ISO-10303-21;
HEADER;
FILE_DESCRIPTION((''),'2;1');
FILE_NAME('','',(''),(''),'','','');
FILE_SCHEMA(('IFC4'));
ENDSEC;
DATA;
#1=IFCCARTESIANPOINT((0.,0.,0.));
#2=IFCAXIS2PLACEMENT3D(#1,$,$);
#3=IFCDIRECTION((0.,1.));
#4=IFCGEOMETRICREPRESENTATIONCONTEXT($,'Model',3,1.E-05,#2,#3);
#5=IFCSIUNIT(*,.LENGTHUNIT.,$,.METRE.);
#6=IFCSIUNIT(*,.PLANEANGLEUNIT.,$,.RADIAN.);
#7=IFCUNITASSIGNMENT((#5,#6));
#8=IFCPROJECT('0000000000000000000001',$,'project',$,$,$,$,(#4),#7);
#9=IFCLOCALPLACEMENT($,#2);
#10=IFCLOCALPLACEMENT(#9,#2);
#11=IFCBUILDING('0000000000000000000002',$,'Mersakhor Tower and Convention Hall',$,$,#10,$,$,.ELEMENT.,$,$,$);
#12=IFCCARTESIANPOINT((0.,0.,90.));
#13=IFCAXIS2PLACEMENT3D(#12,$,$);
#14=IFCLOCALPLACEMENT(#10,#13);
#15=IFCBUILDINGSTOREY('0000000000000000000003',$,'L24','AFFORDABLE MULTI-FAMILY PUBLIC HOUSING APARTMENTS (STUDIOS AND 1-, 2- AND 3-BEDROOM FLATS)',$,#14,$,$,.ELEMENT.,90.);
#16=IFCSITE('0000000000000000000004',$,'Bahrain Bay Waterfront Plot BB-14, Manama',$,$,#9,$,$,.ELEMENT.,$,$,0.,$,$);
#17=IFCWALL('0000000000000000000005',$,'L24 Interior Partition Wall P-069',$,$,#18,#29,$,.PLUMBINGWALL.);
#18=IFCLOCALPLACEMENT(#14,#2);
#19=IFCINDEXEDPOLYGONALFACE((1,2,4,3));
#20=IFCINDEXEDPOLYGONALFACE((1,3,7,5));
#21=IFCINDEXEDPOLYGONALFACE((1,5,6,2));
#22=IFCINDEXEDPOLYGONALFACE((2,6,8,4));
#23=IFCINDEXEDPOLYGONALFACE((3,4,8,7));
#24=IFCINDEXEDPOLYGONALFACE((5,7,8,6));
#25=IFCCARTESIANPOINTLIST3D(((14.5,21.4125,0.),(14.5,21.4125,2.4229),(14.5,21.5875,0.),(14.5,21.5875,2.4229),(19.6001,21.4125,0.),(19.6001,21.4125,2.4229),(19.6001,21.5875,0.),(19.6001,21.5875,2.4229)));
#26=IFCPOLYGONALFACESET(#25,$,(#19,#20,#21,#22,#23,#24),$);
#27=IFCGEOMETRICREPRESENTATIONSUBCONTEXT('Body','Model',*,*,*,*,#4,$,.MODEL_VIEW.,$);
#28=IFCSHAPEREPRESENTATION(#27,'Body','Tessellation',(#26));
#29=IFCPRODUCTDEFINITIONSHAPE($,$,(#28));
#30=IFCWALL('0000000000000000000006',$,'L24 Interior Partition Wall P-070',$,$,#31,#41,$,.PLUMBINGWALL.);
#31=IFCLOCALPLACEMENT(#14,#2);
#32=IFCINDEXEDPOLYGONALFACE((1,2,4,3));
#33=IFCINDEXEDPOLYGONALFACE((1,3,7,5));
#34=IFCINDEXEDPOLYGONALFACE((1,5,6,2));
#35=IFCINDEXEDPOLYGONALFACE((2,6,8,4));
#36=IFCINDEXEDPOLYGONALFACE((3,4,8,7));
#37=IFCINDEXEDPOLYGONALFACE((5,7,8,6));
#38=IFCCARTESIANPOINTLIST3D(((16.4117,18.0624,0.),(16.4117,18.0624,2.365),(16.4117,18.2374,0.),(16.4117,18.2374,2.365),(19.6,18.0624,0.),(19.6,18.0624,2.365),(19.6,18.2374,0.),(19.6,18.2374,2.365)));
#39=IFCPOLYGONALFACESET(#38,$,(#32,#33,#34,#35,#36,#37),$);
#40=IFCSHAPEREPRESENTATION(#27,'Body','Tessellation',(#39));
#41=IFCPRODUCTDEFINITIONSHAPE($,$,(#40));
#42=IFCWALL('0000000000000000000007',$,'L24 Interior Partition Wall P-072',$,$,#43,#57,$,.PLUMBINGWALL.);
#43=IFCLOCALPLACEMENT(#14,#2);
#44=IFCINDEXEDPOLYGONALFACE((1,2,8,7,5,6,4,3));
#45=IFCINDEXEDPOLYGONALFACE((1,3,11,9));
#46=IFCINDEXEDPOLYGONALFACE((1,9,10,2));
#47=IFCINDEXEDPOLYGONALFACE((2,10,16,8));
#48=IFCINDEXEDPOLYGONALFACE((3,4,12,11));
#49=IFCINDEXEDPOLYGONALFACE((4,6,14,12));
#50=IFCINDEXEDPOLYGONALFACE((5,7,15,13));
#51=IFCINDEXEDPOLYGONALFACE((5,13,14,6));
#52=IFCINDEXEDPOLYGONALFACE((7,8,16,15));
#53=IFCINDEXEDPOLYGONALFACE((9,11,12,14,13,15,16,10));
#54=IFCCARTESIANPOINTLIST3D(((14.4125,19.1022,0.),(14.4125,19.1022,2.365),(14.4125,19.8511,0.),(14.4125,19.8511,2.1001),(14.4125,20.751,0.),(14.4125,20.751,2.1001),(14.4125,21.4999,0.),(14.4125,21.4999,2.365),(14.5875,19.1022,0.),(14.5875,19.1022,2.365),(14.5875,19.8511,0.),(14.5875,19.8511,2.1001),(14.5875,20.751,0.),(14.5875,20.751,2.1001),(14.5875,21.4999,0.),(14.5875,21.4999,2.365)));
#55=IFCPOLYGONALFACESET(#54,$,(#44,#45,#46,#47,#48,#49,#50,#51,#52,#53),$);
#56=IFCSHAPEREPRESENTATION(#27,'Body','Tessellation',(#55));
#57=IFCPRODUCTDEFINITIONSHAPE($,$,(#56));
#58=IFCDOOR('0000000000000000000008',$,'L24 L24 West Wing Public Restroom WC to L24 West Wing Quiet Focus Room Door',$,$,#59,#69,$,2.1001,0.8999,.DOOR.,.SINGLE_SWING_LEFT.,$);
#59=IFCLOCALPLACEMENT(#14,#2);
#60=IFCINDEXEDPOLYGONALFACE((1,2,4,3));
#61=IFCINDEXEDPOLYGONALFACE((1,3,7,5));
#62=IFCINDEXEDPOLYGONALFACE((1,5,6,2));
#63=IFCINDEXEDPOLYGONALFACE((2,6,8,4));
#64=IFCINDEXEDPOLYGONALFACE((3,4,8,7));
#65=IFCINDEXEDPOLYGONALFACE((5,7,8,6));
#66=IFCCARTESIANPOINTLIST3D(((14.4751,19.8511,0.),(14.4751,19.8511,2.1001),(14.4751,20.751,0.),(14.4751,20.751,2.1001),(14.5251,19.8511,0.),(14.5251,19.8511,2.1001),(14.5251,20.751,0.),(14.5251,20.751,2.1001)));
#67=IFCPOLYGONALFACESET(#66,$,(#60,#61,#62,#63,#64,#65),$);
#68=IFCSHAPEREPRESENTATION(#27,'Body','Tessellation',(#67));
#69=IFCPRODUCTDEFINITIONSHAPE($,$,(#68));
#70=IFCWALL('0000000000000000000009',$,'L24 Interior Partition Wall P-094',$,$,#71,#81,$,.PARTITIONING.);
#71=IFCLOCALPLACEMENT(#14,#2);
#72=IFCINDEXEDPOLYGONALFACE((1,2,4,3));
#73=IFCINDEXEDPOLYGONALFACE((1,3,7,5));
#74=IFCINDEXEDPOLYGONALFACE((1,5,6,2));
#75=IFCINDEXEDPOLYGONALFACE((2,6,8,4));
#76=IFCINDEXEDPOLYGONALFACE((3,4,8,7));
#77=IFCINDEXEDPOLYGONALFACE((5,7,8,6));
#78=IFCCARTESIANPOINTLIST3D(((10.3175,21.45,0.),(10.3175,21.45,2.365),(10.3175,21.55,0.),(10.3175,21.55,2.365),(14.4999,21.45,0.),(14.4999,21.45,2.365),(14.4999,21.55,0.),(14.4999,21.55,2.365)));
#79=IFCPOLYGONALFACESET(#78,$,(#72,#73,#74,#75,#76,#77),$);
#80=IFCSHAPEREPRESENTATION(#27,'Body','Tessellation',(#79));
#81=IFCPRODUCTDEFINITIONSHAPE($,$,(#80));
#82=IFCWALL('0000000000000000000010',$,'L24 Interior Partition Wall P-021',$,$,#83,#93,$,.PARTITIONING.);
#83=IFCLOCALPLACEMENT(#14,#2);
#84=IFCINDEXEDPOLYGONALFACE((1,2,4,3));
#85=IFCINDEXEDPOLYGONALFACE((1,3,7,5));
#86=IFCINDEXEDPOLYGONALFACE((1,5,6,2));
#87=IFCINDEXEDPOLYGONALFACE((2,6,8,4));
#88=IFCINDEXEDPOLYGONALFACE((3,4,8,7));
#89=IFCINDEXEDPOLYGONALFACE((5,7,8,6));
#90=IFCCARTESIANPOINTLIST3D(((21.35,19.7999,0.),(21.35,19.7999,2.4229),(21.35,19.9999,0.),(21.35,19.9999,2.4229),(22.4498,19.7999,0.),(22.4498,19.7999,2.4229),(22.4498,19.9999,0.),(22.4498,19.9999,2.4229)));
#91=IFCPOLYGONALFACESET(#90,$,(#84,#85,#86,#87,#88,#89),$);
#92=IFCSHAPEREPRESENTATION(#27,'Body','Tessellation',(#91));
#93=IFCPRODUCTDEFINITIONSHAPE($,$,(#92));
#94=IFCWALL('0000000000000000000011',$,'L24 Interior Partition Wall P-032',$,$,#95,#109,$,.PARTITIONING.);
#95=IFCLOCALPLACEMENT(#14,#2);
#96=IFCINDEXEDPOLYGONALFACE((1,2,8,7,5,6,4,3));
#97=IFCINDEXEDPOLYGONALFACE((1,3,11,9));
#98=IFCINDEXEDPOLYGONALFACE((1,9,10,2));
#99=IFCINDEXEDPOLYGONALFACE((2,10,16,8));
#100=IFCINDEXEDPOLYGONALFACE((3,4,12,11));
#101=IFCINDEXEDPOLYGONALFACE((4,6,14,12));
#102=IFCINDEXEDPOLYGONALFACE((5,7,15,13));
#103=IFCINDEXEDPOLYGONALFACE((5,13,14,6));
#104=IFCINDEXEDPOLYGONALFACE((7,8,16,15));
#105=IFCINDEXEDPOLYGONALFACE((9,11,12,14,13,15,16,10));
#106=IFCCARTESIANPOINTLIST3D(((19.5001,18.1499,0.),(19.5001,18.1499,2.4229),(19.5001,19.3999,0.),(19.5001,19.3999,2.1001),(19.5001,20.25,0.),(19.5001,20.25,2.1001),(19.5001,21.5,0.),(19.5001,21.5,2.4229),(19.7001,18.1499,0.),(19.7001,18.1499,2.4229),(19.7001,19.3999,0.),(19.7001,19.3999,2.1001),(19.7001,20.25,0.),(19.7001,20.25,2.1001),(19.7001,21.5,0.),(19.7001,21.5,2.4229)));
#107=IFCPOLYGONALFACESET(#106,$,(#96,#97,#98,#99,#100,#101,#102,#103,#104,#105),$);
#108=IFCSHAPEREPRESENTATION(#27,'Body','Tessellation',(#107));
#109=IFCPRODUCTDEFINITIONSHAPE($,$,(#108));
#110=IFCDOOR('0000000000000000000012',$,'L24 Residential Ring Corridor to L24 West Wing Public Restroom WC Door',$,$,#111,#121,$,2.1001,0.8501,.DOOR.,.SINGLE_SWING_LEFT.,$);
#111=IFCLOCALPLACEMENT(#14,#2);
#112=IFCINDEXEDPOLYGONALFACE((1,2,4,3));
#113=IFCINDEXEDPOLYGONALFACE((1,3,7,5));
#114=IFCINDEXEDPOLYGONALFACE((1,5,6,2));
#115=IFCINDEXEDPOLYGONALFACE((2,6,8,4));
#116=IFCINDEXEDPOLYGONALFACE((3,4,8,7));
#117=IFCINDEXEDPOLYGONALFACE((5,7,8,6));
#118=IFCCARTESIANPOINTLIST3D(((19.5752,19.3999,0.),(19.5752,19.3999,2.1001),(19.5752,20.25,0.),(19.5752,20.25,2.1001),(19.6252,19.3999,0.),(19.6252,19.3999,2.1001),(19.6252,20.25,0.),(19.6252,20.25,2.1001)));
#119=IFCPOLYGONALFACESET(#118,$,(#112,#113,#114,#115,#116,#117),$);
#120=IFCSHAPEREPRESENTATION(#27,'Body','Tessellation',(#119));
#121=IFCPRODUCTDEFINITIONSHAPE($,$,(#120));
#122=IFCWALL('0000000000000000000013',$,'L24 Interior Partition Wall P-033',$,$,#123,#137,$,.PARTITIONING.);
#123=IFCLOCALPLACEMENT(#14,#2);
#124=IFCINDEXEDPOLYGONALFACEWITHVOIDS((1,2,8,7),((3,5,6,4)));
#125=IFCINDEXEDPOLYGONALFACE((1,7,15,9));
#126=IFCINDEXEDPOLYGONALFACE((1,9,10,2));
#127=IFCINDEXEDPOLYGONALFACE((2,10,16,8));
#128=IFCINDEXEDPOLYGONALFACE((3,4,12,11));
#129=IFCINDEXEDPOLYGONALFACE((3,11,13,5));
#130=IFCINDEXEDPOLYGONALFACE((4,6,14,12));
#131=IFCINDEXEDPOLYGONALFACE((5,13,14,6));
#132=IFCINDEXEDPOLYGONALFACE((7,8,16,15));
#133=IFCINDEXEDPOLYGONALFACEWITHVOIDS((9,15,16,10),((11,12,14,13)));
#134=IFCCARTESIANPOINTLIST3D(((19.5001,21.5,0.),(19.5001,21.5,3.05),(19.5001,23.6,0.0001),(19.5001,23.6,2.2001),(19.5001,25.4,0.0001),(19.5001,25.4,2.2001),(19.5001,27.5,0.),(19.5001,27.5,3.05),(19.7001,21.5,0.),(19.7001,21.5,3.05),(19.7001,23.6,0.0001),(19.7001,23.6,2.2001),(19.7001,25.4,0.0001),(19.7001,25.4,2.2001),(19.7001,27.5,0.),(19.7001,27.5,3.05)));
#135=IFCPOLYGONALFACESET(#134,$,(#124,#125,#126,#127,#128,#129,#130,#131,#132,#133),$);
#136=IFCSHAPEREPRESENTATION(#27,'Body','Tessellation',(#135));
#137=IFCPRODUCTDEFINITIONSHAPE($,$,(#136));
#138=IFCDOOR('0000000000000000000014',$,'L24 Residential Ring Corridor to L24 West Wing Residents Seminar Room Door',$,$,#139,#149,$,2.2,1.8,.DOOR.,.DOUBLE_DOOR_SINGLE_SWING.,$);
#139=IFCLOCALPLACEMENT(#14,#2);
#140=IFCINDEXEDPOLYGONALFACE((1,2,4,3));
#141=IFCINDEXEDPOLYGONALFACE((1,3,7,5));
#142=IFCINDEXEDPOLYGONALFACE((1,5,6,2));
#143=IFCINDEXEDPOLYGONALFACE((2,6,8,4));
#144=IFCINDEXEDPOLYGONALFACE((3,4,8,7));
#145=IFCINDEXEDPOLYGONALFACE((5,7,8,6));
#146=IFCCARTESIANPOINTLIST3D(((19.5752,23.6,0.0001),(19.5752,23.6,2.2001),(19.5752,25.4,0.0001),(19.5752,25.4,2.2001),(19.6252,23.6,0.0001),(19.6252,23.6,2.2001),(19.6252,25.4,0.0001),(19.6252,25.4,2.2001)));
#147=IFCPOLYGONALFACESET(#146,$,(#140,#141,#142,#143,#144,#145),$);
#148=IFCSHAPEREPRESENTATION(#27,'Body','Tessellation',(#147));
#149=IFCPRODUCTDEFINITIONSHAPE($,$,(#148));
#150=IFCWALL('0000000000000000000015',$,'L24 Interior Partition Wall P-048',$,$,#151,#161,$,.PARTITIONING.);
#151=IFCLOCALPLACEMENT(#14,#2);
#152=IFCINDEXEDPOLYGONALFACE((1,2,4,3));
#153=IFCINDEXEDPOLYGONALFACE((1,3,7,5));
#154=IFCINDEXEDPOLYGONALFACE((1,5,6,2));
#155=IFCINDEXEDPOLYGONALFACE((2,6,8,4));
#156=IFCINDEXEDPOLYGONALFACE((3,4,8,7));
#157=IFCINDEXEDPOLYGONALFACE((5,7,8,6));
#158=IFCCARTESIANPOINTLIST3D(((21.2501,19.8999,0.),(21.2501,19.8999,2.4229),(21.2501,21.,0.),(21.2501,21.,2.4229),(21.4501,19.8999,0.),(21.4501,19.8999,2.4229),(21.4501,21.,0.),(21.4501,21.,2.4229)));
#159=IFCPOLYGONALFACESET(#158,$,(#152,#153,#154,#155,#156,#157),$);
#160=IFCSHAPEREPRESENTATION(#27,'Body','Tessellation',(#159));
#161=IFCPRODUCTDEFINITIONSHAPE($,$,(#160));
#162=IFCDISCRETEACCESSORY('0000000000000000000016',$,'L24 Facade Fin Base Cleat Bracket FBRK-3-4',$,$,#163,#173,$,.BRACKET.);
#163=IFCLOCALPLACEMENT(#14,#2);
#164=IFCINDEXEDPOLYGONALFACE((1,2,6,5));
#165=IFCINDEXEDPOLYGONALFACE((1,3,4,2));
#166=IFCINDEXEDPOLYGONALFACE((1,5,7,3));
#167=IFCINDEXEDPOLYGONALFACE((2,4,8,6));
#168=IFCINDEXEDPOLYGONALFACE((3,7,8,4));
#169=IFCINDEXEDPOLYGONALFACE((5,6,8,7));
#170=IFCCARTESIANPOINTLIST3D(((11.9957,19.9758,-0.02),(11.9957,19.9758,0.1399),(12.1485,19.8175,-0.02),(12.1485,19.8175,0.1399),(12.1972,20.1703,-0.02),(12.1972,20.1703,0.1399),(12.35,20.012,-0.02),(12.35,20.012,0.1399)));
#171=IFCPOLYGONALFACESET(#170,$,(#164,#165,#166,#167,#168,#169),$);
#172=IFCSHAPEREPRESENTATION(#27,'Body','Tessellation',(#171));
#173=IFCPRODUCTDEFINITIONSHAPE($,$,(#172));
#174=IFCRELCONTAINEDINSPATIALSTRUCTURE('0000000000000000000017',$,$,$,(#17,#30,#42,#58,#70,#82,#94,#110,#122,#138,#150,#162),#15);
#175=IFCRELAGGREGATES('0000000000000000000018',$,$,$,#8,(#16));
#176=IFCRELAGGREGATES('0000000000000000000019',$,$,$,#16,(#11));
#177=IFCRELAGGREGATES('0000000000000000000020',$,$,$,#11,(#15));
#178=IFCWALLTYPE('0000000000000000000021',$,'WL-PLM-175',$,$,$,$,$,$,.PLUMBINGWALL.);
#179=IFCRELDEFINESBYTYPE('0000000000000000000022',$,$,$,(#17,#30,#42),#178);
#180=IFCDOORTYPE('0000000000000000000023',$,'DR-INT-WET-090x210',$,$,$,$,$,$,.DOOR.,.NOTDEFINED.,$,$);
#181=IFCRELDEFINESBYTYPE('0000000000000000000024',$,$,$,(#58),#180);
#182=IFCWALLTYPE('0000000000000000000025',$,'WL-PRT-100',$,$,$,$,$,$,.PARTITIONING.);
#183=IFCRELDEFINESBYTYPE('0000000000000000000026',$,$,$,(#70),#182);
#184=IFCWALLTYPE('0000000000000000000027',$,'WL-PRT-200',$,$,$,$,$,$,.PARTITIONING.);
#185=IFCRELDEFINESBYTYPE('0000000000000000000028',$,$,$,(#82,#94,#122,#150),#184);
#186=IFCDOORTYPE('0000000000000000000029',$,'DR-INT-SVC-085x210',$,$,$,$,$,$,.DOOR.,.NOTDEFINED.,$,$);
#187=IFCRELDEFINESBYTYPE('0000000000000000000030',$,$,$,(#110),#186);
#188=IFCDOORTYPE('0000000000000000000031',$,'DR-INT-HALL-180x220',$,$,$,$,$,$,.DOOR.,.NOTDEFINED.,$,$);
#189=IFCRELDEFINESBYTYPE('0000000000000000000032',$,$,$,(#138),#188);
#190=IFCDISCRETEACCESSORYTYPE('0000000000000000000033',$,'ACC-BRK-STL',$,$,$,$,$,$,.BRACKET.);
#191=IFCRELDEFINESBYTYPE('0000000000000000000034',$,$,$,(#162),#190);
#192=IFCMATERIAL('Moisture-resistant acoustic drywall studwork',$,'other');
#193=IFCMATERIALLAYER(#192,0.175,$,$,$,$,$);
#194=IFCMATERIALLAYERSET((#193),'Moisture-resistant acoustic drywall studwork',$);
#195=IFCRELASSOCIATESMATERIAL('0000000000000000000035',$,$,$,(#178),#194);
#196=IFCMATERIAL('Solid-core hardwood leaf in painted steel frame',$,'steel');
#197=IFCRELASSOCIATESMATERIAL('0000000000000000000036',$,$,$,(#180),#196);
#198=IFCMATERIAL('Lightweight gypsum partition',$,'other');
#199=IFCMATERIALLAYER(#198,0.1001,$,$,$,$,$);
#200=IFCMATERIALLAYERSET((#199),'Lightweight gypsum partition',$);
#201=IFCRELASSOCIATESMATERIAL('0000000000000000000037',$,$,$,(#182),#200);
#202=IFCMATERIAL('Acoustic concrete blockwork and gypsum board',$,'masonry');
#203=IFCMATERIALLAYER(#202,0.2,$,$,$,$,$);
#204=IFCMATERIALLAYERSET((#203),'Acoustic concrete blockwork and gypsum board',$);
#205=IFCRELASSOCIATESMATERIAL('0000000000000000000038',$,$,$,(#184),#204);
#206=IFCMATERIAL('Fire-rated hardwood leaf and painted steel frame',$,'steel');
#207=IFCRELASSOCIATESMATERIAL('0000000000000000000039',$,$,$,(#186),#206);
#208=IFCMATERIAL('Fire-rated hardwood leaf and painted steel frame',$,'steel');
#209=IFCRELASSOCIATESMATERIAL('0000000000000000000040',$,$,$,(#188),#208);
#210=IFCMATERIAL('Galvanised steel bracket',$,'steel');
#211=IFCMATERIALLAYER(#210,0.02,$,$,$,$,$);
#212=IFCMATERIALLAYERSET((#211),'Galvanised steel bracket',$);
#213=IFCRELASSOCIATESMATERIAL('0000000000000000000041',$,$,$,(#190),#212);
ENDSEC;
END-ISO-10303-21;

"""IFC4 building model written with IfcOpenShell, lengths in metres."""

from ifc_helpers import new_model, si_unit, direction, frame, frame_2d, origin, origin_2d, place, context, subcontext, project, spatial, rectangle, extrude, material, layer, layer_set, type_object, element, fill, save


model = new_model("IFC4")

# Units and contexts
model_context = context("Model", 3, precision=1e-05, world=origin(), true_north=direction((0.0, 1.0)))
body_context = subcontext(model_context, "Body", "Model", "MODEL_VIEW")
ifc_project = project(units=[si_unit("LENGTHUNIT", "METRE"), si_unit("PLANEANGLEUNIT", "RADIAN")], contexts=[model_context])

# Site, building, storey
site_placement = place(None, origin())
site = spatial("IfcSite", under=ifc_project, at=site_placement, Name="Bahrain Bay Waterfront Plot BB-14, Manama", CompositionType="ELEMENT", RefElevation=0.0)
building_placement = place(site_placement, origin())
building = spatial("IfcBuilding", under=site, at=building_placement, Name="Mersakhor Tower and Convention Hall", CompositionType="ELEMENT")
storey_placement = place(building_placement, frame((0.0, 0.0, 90.0)))
storey = spatial("IfcBuildingStorey", under=building, at=storey_placement, Name="L24", Description="AFFORDABLE MULTI-FAMILY PUBLIC HOUSING APARTMENTS (STUDIOS AND 1-, 2- AND 3-BEDROOM FLATS)", CompositionType="ELEMENT", Elevation=90.0)

# Walls
ifc_material_1 = material(Name="Moisture-resistant acoustic drywall studwork", Category="other")
ifc_layer_1 = layer(ifc_material_1, 0.175)
ifc_layer_set_1 = layer_set([ifc_layer_1], Name="Moisture-resistant acoustic drywall studwork")
wall_type_1 = type_object("IfcWallType", Name="WL-PLM-175", PredefinedType="PLUMBINGWALL", material=ifc_layer_set_1)
wall_1_placement = place(storey_placement, frame((14.5, 21.5, 0.0), z_axis=(0.0, 0.0, 1.0), x_axis=(1.0, 0.0, 0.0)))
element("IfcWall", 1, at=wall_1_placement, inside=storey, type_object=wall_type_1, Name="L24 Interior Partition Wall P-069", PredefinedType="PLUMBINGWALL", context=body_context, shape_type="SweptSolid", body=[
    extrude(rectangle(XDim=5.1001, YDim=0.175, at=frame_2d((2.55, 0.0))), origin(), (0.0, 0.0, 1.0), 2.4229),
])
wall_2_placement = place(storey_placement, frame((19.6001, 18.1499, 0.0), z_axis=(0.0, 0.0, 1.0), x_axis=(-1.0, 0.0, 0.0)))
element("IfcWall", 2, at=wall_2_placement, inside=storey, type_object=wall_type_1, Name="L24 Interior Partition Wall P-070", PredefinedType="PLUMBINGWALL", context=body_context, shape_type="SweptSolid", body=[
    extrude(rectangle(XDim=3.1882, YDim=0.175, at=frame_2d((1.5942, 0.0))), origin(), (0.0, 0.0, 1.0), 2.365),
])

# Wall, opening, door
wall_3_placement = place(storey_placement, frame((14.5, 19.1023, 0.0), z_axis=(0.0, 0.0, 1.0), x_axis=(0.0, 1.0, 0.0)))
wall_3 = element("IfcWall", 3, at=wall_3_placement, inside=storey, type_object=wall_type_1, Name="L24 Interior Partition Wall P-072", PredefinedType="PLUMBINGWALL", context=body_context, shape_type="SweptSolid", body=[
    extrude(rectangle(XDim=2.3977, YDim=0.175, at=frame_2d((1.1987, 0.0))), origin(), (0.0, 0.0, 1.0), 2.365),
])
opening_1_placement = place(wall_3_placement, frame((0.7488, 0.0, 0.0)))
opening_1 = element("IfcOpeningElement", 4, at=opening_1_placement, cuts=wall_3, PredefinedType="OPENING", context=body_context, shape_type="SweptSolid", body=[
    extrude(rectangle(XDim=0.8999, YDim=2.1001, at=frame_2d((0.45, 1.05))), frame((0.0, 0.0974, 0.0), z_axis=(0.0, -1.0, 0.0), x_axis=(1.0, 0.0, 0.0)), (0.0, 0.0, 1.0), 0.1951),
])
ifc_material_2 = material(Name="Solid-core hardwood leaf in painted steel frame", Category="steel")
door_type_1 = type_object("IfcDoorType", Name="DR-INT-WET-090x210", OperationType="NOTDEFINED", PredefinedType="DOOR", material=ifc_material_2)
door_1_placement = place(opening_1_placement, origin())
door_1 = element("IfcDoor", 5, at=door_1_placement, inside=storey, type_object=door_type_1, Name="L24 L24 West Wing Public Restroom WC to L24 West Wing Quiet Focus Room Door", OperationType="SINGLE_SWING_LEFT", OverallHeight=2.1001, OverallWidth=0.8999, PredefinedType="DOOR", context=body_context, shape_type="SweptSolid", body=[
    extrude(rectangle(XDim=0.8999, YDim=2.1001, at=frame_2d((0.45, 1.05))), frame((0.0, 0.0249, 0.0), z_axis=(0.0, -1.0, 0.0), x_axis=(1.0, 0.0, 0.0)), (0.0, 0.0, 1.0), 0.05),
])
fill(opening_1, door_1)

# Walls
ifc_material_3 = material(Name="Lightweight gypsum partition", Category="other")
ifc_layer_2 = layer(ifc_material_3, 0.1001)
ifc_layer_set_2 = layer_set([ifc_layer_2], Name="Lightweight gypsum partition")
wall_type_2 = type_object("IfcWallType", Name="WL-PRT-100", PredefinedType="PARTITIONING", material=ifc_layer_set_2)
wall_4_placement = place(storey_placement, frame((14.5, 21.5, 0.0), z_axis=(0.0, 0.0, 1.0), x_axis=(-1.0, 0.0, 0.0)))
element("IfcWall", 6, at=wall_4_placement, inside=storey, type_object=wall_type_2, Name="L24 Interior Partition Wall P-094", PredefinedType="PARTITIONING", context=body_context, shape_type="SweptSolid", body=[
    extrude(rectangle(XDim=4.1824, YDim=0.1001, at=frame_2d((2.0913, 0.0))), origin(), (0.0, 0.0, 1.0), 2.365),
])
ifc_material_4 = material(Name="Acoustic concrete blockwork and gypsum board", Category="masonry")
ifc_layer_3 = layer(ifc_material_4, 0.2)
ifc_layer_set_3 = layer_set([ifc_layer_3], Name="Acoustic concrete blockwork and gypsum board")
wall_type_3 = type_object("IfcWallType", Name="WL-PRT-200", PredefinedType="PARTITIONING", material=ifc_layer_set_3)
wall_5_placement = place(storey_placement, frame((21.3501, 19.8999, 0.0), z_axis=(0.0, 0.0, 1.0), x_axis=(1.0, 0.0, 0.0)))
element("IfcWall", 7, at=wall_5_placement, inside=storey, type_object=wall_type_3, Name="L24 Interior Partition Wall P-021", PredefinedType="PARTITIONING", context=body_context, shape_type="SweptSolid", body=[
    extrude(rectangle(XDim=1.0999, YDim=0.2, at=frame_2d((0.5498, 0.0))), origin(), (0.0, 0.0, 1.0), 2.4229),
])

# Walls, openings, doors
wall_6_placement = place(storey_placement, frame((19.6001, 18.1499, 0.0), z_axis=(0.0, 0.0, 1.0), x_axis=(0.0, 1.0, 0.0)))
wall_6 = element("IfcWall", 8, at=wall_6_placement, inside=storey, type_object=wall_type_3, Name="L24 Interior Partition Wall P-032", PredefinedType="PARTITIONING", context=body_context, shape_type="SweptSolid", body=[
    extrude(rectangle(XDim=3.3501, YDim=0.2, at=frame_2d((1.675, 0.0))), origin(), (0.0, 0.0, 1.0), 2.4229),
])
opening_2_placement = place(wall_6_placement, frame((1.25, 0.0, 0.0)))
opening_2 = element("IfcOpeningElement", 9, at=opening_2_placement, cuts=wall_6, PredefinedType="OPENING", context=body_context, shape_type="SweptSolid", body=[
    extrude(rectangle(XDim=0.8501, YDim=2.1001, at=frame_2d((0.425, 1.05))), frame((0.0, 0.1099, 0.0), z_axis=(0.0, -1.0, 0.0), x_axis=(1.0, 0.0, 0.0)), (0.0, 0.0, 1.0), 0.22),
])
ifc_material_5 = material(Name="Fire-rated hardwood leaf and painted steel frame", Category="steel")
door_type_2 = type_object("IfcDoorType", Name="DR-INT-SVC-085x210", OperationType="NOTDEFINED", PredefinedType="DOOR", material=ifc_material_5)
door_2_placement = place(opening_2_placement, origin())
door_2 = element("IfcDoor", 10, at=door_2_placement, inside=storey, type_object=door_type_2, Name="L24 Residential Ring Corridor to L24 West Wing Public Restroom WC Door", OperationType="SINGLE_SWING_LEFT", OverallHeight=2.1001, OverallWidth=0.8501, PredefinedType="DOOR", context=body_context, shape_type="SweptSolid", body=[
    extrude(rectangle(XDim=0.8501, YDim=2.1001, at=frame_2d((0.425, 1.05))), frame((0.0, 0.0249, 0.0), z_axis=(0.0, -1.0, 0.0), x_axis=(1.0, 0.0, 0.0)), (0.0, 0.0, 1.0), 0.05),
])
fill(opening_2, door_2)
wall_7_placement = place(storey_placement, frame((19.6001, 21.5, 0.0), z_axis=(0.0, 0.0, 1.0), x_axis=(0.0, 1.0, 0.0)))
wall_7 = element("IfcWall", 11, at=wall_7_placement, inside=storey, type_object=wall_type_3, Name="L24 Interior Partition Wall P-033", PredefinedType="PARTITIONING", context=body_context, shape_type="SweptSolid", body=[
    extrude(rectangle(XDim=6.0, YDim=0.2, at=frame_2d((3.0, 0.0))), origin(), (0.0, 0.0, 1.0), 3.05),
])
opening_3_placement = place(wall_7_placement, frame((2.1001, 0.0, 0.0)))
opening_3 = element("IfcOpeningElement", 12, at=opening_3_placement, cuts=wall_7, PredefinedType="OPENING", context=body_context, shape_type="SweptSolid", body=[
    extrude(rectangle(XDim=1.8, YDim=2.2, at=frame_2d((0.8999, 1.1001))), frame((0.0, 0.1099, 0.0), z_axis=(0.0, -1.0, 0.0), x_axis=(1.0, 0.0, 0.0)), (0.0, 0.0, 1.0), 0.22),
])
ifc_material_6 = material(Name="Fire-rated hardwood leaf and painted steel frame", Category="steel")
door_type_3 = type_object("IfcDoorType", Name="DR-INT-HALL-180x220", OperationType="NOTDEFINED", PredefinedType="DOOR", material=ifc_material_6)
door_3_placement = place(opening_3_placement, origin())
door_3 = element("IfcDoor", 13, at=door_3_placement, inside=storey, type_object=door_type_3, Name="L24 Residential Ring Corridor to L24 West Wing Residents Seminar Room Door", OperationType="DOUBLE_DOOR_SINGLE_SWING", OverallHeight=2.2, OverallWidth=1.8, PredefinedType="DOOR", context=body_context, shape_type="SweptSolid", body=[
    extrude(rectangle(XDim=1.8, YDim=2.2, at=frame_2d((0.8999, 1.1001))), frame((0.0, 0.0249, 0.0), z_axis=(0.0, -1.0, 0.0), x_axis=(1.0, 0.0, 0.0)), (0.0, 0.0, 1.0), 0.05),
])
fill(opening_3, door_3)

# Wall
wall_8_placement = place(storey_placement, frame((21.3501, 21.0, 0.0), z_axis=(0.0, 0.0, 1.0), x_axis=(0.0, -1.0, 0.0)))
element("IfcWall", 14, at=wall_8_placement, inside=storey, type_object=wall_type_3, Name="L24 Interior Partition Wall P-048", PredefinedType="PARTITIONING", context=body_context, shape_type="SweptSolid", body=[
    extrude(rectangle(XDim=1.1001, YDim=0.2, at=frame_2d((0.55, 0.0))), origin(), (0.0, 0.0, 1.0), 2.4229),
])

# Discrete accessory
ifc_material_7 = material(Name="Galvanised steel bracket", Category="steel")
ifc_layer_4 = layer(ifc_material_7, 0.02)
ifc_layer_set_4 = layer_set([ifc_layer_4], Name="Galvanised steel bracket")
discrete_accessory_type = type_object("IfcDiscreteAccessoryType", Name="ACC-BRK-STL", PredefinedType="BRACKET", material=ifc_layer_set_4)
discrete_accessory_placement = place(storey_placement, frame((12.1729, 19.9939, -0.02), z_axis=(0.0, 0.0, 1.0), x_axis=(-0.71934, -0.694658, 0.0)))
element("IfcDiscreteAccessory", 15, at=discrete_accessory_placement, inside=storey, type_object=discrete_accessory_type, Name="L24 Facade Fin Base Cleat Bracket FBRK-3-4", PredefinedType="BRACKET", context=body_context, shape_type="SweptSolid", body=[
    extrude(rectangle(XDim=0.28, YDim=0.22, at=origin_2d()), origin(), (0.0, 0.0, 1.0), 0.1599),
])

save(model, "model.ifc")
